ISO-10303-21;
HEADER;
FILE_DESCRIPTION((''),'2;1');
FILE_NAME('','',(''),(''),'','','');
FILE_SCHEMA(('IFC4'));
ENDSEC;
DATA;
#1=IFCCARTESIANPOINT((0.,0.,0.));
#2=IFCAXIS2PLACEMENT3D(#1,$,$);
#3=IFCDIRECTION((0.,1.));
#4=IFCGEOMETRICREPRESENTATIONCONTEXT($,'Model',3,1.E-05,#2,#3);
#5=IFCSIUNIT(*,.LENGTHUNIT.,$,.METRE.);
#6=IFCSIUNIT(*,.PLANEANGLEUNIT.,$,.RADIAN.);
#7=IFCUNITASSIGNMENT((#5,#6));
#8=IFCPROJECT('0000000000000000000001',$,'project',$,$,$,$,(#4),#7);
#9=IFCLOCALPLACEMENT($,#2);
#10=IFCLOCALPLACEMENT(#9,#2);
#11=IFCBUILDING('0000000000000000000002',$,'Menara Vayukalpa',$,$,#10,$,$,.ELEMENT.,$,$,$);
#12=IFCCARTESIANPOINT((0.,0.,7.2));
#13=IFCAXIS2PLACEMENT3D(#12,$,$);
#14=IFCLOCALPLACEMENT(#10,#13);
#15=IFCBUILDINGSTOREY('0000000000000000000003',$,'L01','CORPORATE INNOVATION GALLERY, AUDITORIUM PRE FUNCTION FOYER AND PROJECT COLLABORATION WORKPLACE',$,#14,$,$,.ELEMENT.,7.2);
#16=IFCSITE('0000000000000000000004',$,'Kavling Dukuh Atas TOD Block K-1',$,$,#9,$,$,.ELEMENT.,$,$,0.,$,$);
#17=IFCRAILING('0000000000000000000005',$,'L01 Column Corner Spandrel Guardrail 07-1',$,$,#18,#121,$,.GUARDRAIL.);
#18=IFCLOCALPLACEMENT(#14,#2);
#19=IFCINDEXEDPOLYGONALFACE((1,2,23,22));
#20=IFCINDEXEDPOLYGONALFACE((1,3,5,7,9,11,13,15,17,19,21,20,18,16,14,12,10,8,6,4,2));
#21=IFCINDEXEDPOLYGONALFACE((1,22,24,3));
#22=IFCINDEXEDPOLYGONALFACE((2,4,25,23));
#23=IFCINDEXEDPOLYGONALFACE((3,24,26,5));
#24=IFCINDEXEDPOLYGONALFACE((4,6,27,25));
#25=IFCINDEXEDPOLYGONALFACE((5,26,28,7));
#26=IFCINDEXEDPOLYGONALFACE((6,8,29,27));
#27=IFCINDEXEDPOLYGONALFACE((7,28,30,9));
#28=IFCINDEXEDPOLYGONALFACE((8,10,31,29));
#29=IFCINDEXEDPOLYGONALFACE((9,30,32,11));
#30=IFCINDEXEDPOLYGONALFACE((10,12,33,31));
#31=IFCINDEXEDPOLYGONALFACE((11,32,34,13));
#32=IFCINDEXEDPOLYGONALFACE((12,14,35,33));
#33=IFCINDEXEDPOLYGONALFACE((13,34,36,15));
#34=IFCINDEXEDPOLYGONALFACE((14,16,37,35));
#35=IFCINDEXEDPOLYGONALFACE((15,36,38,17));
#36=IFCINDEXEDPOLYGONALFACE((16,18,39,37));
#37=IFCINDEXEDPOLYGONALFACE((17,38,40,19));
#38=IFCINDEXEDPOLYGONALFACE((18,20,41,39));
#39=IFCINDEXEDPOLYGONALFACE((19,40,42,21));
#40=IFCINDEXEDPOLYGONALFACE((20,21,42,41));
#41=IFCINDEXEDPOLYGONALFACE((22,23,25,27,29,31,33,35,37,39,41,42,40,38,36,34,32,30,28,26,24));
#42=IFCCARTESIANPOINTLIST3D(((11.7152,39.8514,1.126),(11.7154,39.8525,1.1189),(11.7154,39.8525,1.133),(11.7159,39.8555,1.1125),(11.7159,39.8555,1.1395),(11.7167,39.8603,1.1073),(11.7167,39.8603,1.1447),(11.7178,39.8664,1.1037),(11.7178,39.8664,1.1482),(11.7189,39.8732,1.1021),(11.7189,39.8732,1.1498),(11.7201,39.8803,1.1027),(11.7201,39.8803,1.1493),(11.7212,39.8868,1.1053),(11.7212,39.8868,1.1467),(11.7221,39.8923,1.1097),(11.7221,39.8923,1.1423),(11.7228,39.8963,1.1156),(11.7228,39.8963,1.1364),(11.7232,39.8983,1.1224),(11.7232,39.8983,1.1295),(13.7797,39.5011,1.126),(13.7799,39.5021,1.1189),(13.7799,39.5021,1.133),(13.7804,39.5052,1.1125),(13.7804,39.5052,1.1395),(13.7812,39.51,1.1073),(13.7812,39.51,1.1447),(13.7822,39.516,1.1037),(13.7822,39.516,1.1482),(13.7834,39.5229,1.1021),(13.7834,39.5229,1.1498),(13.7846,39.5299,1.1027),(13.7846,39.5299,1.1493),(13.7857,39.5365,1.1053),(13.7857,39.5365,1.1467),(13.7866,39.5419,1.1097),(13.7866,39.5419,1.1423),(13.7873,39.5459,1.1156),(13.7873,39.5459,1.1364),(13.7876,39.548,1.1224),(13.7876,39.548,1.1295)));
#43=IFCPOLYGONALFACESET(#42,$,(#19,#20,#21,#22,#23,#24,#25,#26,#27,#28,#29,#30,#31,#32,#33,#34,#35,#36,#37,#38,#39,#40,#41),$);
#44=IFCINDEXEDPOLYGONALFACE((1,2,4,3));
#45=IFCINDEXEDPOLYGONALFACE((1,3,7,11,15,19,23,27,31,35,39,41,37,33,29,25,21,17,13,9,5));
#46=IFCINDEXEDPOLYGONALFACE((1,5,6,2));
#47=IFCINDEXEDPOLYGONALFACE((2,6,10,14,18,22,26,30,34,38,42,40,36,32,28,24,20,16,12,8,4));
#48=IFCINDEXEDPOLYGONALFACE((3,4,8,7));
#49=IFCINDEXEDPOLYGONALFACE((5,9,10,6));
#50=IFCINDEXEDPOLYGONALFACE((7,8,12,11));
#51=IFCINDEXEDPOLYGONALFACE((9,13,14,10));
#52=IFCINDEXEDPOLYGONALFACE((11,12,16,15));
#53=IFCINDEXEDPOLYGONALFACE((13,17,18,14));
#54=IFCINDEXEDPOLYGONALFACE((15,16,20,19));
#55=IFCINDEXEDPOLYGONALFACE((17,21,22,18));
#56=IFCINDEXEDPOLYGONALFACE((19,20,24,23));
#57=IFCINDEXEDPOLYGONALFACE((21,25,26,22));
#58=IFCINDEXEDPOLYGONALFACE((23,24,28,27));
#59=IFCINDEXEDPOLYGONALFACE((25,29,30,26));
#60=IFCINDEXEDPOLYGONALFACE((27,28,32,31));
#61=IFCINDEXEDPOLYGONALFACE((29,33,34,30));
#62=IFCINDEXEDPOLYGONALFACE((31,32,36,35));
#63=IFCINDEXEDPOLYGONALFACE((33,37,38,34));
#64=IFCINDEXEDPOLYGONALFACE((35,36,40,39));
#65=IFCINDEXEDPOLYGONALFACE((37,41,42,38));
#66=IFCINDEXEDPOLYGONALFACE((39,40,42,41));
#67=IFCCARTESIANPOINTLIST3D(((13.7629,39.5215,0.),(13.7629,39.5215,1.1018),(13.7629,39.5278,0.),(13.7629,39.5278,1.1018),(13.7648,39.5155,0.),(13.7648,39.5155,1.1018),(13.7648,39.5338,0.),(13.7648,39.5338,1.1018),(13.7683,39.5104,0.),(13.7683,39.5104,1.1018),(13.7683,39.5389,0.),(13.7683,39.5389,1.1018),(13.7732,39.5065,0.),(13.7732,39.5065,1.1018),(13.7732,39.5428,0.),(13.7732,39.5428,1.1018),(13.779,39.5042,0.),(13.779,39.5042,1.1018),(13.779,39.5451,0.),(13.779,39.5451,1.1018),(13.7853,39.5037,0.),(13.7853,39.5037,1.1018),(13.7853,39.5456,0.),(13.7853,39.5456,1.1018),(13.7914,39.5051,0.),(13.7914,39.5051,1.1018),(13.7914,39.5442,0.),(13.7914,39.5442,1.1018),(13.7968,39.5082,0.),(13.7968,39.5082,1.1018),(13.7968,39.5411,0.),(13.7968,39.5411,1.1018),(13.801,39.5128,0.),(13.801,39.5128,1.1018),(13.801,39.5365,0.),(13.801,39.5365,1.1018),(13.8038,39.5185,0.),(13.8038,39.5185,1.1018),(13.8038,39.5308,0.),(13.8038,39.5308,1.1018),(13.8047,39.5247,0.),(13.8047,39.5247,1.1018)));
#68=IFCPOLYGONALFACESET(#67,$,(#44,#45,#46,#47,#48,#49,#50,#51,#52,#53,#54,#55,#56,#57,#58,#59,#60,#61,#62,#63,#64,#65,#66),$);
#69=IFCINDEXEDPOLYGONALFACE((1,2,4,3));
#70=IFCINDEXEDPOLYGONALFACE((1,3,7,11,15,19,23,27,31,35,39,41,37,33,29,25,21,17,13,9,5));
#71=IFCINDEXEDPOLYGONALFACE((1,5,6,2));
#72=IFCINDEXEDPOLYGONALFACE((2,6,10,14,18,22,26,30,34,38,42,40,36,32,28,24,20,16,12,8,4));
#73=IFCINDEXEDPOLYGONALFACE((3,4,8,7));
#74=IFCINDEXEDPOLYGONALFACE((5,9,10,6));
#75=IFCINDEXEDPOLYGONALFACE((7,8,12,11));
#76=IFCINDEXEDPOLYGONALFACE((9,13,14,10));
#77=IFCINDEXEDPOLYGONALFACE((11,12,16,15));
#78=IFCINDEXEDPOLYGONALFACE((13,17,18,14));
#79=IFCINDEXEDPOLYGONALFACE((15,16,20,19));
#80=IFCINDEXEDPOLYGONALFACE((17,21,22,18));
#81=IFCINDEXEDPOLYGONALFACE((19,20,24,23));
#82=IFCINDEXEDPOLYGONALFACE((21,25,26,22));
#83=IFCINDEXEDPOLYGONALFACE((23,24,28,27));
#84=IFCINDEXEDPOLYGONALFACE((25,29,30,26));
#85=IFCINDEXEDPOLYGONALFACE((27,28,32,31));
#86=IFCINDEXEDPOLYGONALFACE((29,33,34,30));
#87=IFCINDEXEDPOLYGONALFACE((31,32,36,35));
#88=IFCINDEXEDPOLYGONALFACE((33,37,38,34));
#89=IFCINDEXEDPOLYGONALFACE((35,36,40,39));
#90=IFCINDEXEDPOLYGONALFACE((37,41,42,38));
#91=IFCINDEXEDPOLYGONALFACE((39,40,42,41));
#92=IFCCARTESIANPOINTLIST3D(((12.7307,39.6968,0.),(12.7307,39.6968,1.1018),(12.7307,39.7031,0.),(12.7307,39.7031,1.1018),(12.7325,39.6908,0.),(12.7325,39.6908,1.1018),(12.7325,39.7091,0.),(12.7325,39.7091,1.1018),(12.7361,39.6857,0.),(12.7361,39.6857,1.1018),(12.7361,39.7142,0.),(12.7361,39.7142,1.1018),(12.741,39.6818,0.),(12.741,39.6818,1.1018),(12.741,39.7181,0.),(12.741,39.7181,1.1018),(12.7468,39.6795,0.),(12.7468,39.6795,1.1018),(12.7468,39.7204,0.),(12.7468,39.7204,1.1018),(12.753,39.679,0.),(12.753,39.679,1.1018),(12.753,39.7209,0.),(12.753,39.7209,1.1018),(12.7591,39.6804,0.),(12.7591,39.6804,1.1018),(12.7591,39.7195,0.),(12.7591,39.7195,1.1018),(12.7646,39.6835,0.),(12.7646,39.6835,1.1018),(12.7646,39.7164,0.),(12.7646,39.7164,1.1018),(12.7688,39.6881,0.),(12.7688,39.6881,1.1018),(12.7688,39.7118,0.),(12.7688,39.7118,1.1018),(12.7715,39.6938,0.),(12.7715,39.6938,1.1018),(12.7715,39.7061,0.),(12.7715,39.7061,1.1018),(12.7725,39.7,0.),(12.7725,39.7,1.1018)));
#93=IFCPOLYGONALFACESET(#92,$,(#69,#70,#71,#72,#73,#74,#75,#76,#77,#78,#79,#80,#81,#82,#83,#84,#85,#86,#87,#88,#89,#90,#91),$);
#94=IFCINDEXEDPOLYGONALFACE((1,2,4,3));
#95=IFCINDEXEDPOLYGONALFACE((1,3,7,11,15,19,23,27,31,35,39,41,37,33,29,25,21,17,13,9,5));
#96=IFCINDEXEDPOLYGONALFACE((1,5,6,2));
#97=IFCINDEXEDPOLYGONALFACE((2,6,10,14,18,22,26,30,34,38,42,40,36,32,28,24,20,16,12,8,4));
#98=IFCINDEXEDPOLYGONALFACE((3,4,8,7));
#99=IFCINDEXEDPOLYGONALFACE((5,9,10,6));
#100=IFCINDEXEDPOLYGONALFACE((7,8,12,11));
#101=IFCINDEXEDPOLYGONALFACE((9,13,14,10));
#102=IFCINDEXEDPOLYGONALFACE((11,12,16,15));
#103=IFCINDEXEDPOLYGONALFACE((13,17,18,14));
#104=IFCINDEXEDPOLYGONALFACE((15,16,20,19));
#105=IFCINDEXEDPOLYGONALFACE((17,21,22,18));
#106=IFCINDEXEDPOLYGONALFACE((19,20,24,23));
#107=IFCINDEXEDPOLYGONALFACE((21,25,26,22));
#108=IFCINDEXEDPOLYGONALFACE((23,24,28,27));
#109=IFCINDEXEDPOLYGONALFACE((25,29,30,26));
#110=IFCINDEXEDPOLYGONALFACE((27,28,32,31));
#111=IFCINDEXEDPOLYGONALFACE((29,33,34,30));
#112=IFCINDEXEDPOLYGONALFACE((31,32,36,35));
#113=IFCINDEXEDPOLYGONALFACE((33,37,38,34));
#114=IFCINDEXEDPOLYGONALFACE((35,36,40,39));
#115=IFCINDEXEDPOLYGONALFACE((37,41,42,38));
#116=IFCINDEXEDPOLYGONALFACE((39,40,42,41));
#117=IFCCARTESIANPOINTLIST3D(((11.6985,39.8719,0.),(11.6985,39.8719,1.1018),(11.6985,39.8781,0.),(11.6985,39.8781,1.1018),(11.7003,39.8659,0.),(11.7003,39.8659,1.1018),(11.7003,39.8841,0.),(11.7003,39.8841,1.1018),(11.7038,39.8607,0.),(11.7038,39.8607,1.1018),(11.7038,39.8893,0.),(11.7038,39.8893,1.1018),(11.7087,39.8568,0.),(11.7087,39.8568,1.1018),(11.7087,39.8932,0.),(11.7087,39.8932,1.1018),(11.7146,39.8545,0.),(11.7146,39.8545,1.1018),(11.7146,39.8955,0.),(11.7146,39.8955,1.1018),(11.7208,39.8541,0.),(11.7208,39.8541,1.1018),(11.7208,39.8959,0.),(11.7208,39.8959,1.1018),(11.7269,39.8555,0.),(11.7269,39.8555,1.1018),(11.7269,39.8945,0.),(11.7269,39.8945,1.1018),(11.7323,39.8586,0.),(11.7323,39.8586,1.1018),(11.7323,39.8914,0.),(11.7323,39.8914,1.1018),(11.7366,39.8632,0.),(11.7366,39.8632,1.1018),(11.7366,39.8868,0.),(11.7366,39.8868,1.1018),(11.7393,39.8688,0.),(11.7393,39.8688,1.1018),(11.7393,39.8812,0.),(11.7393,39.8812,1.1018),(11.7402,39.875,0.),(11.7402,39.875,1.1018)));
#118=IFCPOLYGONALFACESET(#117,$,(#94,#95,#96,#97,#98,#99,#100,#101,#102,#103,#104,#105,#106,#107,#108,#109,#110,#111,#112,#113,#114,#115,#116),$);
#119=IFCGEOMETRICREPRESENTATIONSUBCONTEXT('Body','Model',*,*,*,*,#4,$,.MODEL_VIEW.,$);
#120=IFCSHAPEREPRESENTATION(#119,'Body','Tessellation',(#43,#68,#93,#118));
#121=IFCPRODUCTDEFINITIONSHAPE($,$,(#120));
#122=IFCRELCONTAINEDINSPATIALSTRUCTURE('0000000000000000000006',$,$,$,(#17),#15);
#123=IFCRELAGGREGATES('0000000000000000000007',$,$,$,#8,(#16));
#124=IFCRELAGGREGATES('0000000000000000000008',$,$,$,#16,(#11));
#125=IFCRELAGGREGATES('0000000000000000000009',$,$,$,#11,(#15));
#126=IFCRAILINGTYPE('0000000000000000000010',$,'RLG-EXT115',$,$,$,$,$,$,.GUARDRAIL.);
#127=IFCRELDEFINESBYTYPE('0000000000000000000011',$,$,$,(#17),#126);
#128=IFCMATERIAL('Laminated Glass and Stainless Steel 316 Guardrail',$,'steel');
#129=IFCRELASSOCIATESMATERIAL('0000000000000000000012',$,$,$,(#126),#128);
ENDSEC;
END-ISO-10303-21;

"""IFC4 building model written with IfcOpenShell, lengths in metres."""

from ifc_helpers import new_model, si_unit, direction, frame, origin, origin_2d, place, context, subcontext, project, spatial, circle, extrude, material, type_object, element, save


model = new_model("IFC4")

# Units and contexts
model_context = context("Model", 3, precision=1e-05, world=origin(), true_north=direction((0.0, 1.0)))
body_context = subcontext(model_context, "Body", "Model", "MODEL_VIEW")
ifc_project = project(units=[si_unit("LENGTHUNIT", "METRE"), si_unit("PLANEANGLEUNIT", "RADIAN")], contexts=[model_context])

# Site, building, storey
site_placement = place(None, origin())
site = spatial("IfcSite", under=ifc_project, at=site_placement, Name="Kavling Dukuh Atas TOD Block K-1", CompositionType="ELEMENT", RefElevation=0.0)
building_placement = place(site_placement, origin())
building = spatial("IfcBuilding", under=site, at=building_placement, Name="Menara Vayukalpa", CompositionType="ELEMENT")
storey_placement = place(building_placement, frame((0.0, 0.0, 7.2)))
storey = spatial("IfcBuildingStorey", under=building, at=storey_placement, Name="L01", Description="CORPORATE INNOVATION GALLERY, AUDITORIUM PRE FUNCTION FOYER AND PROJECT COLLABORATION WORKPLACE", CompositionType="ELEMENT", Elevation=7.2)

# Railing
ifc_material_1 = material(Name="Laminated Glass and Stainless Steel 316 Guardrail", Category="steel")
railing_type = type_object("IfcRailingType", Name="RLG-EXT115", PredefinedType="GUARDRAIL", material=ifc_material_1)
railing_1_placement = place(storey_placement, frame((13.7837, 39.5247, 0.0)))
element("IfcRailing", 1, at=railing_1_placement, inside=storey, type_object=railing_type, Name="L01 Column Corner Spandrel Guardrail 07-1", PredefinedType="GUARDRAIL", context=body_context, shape_type="SweptSolid", body=[
    extrude(circle(Radius=0.0239, at=origin_2d()), frame((0.0, 0.0, 1.126), z_axis=(-0.985904, 0.16731, 0.0), x_axis=(-0.16731, -0.985904, 0.0)), (0.0, 0.0, 1.0), 2.094),
    extrude(circle(Radius=0.021, at=origin_2d()), origin(), (0.0, 0.0, 1.0), 1.1018),
    extrude(circle(Radius=0.021, at=origin_2d()), frame((-1.0322, 0.1753, 0.0)), (0.0, 0.0, 1.0), 1.1018),
    extrude(circle(Radius=0.021, at=origin_2d()), frame((-2.0645, 0.3503, 0.0)), (0.0, 0.0, 1.0), 1.1018),
])

save(model, "model.ifc")
